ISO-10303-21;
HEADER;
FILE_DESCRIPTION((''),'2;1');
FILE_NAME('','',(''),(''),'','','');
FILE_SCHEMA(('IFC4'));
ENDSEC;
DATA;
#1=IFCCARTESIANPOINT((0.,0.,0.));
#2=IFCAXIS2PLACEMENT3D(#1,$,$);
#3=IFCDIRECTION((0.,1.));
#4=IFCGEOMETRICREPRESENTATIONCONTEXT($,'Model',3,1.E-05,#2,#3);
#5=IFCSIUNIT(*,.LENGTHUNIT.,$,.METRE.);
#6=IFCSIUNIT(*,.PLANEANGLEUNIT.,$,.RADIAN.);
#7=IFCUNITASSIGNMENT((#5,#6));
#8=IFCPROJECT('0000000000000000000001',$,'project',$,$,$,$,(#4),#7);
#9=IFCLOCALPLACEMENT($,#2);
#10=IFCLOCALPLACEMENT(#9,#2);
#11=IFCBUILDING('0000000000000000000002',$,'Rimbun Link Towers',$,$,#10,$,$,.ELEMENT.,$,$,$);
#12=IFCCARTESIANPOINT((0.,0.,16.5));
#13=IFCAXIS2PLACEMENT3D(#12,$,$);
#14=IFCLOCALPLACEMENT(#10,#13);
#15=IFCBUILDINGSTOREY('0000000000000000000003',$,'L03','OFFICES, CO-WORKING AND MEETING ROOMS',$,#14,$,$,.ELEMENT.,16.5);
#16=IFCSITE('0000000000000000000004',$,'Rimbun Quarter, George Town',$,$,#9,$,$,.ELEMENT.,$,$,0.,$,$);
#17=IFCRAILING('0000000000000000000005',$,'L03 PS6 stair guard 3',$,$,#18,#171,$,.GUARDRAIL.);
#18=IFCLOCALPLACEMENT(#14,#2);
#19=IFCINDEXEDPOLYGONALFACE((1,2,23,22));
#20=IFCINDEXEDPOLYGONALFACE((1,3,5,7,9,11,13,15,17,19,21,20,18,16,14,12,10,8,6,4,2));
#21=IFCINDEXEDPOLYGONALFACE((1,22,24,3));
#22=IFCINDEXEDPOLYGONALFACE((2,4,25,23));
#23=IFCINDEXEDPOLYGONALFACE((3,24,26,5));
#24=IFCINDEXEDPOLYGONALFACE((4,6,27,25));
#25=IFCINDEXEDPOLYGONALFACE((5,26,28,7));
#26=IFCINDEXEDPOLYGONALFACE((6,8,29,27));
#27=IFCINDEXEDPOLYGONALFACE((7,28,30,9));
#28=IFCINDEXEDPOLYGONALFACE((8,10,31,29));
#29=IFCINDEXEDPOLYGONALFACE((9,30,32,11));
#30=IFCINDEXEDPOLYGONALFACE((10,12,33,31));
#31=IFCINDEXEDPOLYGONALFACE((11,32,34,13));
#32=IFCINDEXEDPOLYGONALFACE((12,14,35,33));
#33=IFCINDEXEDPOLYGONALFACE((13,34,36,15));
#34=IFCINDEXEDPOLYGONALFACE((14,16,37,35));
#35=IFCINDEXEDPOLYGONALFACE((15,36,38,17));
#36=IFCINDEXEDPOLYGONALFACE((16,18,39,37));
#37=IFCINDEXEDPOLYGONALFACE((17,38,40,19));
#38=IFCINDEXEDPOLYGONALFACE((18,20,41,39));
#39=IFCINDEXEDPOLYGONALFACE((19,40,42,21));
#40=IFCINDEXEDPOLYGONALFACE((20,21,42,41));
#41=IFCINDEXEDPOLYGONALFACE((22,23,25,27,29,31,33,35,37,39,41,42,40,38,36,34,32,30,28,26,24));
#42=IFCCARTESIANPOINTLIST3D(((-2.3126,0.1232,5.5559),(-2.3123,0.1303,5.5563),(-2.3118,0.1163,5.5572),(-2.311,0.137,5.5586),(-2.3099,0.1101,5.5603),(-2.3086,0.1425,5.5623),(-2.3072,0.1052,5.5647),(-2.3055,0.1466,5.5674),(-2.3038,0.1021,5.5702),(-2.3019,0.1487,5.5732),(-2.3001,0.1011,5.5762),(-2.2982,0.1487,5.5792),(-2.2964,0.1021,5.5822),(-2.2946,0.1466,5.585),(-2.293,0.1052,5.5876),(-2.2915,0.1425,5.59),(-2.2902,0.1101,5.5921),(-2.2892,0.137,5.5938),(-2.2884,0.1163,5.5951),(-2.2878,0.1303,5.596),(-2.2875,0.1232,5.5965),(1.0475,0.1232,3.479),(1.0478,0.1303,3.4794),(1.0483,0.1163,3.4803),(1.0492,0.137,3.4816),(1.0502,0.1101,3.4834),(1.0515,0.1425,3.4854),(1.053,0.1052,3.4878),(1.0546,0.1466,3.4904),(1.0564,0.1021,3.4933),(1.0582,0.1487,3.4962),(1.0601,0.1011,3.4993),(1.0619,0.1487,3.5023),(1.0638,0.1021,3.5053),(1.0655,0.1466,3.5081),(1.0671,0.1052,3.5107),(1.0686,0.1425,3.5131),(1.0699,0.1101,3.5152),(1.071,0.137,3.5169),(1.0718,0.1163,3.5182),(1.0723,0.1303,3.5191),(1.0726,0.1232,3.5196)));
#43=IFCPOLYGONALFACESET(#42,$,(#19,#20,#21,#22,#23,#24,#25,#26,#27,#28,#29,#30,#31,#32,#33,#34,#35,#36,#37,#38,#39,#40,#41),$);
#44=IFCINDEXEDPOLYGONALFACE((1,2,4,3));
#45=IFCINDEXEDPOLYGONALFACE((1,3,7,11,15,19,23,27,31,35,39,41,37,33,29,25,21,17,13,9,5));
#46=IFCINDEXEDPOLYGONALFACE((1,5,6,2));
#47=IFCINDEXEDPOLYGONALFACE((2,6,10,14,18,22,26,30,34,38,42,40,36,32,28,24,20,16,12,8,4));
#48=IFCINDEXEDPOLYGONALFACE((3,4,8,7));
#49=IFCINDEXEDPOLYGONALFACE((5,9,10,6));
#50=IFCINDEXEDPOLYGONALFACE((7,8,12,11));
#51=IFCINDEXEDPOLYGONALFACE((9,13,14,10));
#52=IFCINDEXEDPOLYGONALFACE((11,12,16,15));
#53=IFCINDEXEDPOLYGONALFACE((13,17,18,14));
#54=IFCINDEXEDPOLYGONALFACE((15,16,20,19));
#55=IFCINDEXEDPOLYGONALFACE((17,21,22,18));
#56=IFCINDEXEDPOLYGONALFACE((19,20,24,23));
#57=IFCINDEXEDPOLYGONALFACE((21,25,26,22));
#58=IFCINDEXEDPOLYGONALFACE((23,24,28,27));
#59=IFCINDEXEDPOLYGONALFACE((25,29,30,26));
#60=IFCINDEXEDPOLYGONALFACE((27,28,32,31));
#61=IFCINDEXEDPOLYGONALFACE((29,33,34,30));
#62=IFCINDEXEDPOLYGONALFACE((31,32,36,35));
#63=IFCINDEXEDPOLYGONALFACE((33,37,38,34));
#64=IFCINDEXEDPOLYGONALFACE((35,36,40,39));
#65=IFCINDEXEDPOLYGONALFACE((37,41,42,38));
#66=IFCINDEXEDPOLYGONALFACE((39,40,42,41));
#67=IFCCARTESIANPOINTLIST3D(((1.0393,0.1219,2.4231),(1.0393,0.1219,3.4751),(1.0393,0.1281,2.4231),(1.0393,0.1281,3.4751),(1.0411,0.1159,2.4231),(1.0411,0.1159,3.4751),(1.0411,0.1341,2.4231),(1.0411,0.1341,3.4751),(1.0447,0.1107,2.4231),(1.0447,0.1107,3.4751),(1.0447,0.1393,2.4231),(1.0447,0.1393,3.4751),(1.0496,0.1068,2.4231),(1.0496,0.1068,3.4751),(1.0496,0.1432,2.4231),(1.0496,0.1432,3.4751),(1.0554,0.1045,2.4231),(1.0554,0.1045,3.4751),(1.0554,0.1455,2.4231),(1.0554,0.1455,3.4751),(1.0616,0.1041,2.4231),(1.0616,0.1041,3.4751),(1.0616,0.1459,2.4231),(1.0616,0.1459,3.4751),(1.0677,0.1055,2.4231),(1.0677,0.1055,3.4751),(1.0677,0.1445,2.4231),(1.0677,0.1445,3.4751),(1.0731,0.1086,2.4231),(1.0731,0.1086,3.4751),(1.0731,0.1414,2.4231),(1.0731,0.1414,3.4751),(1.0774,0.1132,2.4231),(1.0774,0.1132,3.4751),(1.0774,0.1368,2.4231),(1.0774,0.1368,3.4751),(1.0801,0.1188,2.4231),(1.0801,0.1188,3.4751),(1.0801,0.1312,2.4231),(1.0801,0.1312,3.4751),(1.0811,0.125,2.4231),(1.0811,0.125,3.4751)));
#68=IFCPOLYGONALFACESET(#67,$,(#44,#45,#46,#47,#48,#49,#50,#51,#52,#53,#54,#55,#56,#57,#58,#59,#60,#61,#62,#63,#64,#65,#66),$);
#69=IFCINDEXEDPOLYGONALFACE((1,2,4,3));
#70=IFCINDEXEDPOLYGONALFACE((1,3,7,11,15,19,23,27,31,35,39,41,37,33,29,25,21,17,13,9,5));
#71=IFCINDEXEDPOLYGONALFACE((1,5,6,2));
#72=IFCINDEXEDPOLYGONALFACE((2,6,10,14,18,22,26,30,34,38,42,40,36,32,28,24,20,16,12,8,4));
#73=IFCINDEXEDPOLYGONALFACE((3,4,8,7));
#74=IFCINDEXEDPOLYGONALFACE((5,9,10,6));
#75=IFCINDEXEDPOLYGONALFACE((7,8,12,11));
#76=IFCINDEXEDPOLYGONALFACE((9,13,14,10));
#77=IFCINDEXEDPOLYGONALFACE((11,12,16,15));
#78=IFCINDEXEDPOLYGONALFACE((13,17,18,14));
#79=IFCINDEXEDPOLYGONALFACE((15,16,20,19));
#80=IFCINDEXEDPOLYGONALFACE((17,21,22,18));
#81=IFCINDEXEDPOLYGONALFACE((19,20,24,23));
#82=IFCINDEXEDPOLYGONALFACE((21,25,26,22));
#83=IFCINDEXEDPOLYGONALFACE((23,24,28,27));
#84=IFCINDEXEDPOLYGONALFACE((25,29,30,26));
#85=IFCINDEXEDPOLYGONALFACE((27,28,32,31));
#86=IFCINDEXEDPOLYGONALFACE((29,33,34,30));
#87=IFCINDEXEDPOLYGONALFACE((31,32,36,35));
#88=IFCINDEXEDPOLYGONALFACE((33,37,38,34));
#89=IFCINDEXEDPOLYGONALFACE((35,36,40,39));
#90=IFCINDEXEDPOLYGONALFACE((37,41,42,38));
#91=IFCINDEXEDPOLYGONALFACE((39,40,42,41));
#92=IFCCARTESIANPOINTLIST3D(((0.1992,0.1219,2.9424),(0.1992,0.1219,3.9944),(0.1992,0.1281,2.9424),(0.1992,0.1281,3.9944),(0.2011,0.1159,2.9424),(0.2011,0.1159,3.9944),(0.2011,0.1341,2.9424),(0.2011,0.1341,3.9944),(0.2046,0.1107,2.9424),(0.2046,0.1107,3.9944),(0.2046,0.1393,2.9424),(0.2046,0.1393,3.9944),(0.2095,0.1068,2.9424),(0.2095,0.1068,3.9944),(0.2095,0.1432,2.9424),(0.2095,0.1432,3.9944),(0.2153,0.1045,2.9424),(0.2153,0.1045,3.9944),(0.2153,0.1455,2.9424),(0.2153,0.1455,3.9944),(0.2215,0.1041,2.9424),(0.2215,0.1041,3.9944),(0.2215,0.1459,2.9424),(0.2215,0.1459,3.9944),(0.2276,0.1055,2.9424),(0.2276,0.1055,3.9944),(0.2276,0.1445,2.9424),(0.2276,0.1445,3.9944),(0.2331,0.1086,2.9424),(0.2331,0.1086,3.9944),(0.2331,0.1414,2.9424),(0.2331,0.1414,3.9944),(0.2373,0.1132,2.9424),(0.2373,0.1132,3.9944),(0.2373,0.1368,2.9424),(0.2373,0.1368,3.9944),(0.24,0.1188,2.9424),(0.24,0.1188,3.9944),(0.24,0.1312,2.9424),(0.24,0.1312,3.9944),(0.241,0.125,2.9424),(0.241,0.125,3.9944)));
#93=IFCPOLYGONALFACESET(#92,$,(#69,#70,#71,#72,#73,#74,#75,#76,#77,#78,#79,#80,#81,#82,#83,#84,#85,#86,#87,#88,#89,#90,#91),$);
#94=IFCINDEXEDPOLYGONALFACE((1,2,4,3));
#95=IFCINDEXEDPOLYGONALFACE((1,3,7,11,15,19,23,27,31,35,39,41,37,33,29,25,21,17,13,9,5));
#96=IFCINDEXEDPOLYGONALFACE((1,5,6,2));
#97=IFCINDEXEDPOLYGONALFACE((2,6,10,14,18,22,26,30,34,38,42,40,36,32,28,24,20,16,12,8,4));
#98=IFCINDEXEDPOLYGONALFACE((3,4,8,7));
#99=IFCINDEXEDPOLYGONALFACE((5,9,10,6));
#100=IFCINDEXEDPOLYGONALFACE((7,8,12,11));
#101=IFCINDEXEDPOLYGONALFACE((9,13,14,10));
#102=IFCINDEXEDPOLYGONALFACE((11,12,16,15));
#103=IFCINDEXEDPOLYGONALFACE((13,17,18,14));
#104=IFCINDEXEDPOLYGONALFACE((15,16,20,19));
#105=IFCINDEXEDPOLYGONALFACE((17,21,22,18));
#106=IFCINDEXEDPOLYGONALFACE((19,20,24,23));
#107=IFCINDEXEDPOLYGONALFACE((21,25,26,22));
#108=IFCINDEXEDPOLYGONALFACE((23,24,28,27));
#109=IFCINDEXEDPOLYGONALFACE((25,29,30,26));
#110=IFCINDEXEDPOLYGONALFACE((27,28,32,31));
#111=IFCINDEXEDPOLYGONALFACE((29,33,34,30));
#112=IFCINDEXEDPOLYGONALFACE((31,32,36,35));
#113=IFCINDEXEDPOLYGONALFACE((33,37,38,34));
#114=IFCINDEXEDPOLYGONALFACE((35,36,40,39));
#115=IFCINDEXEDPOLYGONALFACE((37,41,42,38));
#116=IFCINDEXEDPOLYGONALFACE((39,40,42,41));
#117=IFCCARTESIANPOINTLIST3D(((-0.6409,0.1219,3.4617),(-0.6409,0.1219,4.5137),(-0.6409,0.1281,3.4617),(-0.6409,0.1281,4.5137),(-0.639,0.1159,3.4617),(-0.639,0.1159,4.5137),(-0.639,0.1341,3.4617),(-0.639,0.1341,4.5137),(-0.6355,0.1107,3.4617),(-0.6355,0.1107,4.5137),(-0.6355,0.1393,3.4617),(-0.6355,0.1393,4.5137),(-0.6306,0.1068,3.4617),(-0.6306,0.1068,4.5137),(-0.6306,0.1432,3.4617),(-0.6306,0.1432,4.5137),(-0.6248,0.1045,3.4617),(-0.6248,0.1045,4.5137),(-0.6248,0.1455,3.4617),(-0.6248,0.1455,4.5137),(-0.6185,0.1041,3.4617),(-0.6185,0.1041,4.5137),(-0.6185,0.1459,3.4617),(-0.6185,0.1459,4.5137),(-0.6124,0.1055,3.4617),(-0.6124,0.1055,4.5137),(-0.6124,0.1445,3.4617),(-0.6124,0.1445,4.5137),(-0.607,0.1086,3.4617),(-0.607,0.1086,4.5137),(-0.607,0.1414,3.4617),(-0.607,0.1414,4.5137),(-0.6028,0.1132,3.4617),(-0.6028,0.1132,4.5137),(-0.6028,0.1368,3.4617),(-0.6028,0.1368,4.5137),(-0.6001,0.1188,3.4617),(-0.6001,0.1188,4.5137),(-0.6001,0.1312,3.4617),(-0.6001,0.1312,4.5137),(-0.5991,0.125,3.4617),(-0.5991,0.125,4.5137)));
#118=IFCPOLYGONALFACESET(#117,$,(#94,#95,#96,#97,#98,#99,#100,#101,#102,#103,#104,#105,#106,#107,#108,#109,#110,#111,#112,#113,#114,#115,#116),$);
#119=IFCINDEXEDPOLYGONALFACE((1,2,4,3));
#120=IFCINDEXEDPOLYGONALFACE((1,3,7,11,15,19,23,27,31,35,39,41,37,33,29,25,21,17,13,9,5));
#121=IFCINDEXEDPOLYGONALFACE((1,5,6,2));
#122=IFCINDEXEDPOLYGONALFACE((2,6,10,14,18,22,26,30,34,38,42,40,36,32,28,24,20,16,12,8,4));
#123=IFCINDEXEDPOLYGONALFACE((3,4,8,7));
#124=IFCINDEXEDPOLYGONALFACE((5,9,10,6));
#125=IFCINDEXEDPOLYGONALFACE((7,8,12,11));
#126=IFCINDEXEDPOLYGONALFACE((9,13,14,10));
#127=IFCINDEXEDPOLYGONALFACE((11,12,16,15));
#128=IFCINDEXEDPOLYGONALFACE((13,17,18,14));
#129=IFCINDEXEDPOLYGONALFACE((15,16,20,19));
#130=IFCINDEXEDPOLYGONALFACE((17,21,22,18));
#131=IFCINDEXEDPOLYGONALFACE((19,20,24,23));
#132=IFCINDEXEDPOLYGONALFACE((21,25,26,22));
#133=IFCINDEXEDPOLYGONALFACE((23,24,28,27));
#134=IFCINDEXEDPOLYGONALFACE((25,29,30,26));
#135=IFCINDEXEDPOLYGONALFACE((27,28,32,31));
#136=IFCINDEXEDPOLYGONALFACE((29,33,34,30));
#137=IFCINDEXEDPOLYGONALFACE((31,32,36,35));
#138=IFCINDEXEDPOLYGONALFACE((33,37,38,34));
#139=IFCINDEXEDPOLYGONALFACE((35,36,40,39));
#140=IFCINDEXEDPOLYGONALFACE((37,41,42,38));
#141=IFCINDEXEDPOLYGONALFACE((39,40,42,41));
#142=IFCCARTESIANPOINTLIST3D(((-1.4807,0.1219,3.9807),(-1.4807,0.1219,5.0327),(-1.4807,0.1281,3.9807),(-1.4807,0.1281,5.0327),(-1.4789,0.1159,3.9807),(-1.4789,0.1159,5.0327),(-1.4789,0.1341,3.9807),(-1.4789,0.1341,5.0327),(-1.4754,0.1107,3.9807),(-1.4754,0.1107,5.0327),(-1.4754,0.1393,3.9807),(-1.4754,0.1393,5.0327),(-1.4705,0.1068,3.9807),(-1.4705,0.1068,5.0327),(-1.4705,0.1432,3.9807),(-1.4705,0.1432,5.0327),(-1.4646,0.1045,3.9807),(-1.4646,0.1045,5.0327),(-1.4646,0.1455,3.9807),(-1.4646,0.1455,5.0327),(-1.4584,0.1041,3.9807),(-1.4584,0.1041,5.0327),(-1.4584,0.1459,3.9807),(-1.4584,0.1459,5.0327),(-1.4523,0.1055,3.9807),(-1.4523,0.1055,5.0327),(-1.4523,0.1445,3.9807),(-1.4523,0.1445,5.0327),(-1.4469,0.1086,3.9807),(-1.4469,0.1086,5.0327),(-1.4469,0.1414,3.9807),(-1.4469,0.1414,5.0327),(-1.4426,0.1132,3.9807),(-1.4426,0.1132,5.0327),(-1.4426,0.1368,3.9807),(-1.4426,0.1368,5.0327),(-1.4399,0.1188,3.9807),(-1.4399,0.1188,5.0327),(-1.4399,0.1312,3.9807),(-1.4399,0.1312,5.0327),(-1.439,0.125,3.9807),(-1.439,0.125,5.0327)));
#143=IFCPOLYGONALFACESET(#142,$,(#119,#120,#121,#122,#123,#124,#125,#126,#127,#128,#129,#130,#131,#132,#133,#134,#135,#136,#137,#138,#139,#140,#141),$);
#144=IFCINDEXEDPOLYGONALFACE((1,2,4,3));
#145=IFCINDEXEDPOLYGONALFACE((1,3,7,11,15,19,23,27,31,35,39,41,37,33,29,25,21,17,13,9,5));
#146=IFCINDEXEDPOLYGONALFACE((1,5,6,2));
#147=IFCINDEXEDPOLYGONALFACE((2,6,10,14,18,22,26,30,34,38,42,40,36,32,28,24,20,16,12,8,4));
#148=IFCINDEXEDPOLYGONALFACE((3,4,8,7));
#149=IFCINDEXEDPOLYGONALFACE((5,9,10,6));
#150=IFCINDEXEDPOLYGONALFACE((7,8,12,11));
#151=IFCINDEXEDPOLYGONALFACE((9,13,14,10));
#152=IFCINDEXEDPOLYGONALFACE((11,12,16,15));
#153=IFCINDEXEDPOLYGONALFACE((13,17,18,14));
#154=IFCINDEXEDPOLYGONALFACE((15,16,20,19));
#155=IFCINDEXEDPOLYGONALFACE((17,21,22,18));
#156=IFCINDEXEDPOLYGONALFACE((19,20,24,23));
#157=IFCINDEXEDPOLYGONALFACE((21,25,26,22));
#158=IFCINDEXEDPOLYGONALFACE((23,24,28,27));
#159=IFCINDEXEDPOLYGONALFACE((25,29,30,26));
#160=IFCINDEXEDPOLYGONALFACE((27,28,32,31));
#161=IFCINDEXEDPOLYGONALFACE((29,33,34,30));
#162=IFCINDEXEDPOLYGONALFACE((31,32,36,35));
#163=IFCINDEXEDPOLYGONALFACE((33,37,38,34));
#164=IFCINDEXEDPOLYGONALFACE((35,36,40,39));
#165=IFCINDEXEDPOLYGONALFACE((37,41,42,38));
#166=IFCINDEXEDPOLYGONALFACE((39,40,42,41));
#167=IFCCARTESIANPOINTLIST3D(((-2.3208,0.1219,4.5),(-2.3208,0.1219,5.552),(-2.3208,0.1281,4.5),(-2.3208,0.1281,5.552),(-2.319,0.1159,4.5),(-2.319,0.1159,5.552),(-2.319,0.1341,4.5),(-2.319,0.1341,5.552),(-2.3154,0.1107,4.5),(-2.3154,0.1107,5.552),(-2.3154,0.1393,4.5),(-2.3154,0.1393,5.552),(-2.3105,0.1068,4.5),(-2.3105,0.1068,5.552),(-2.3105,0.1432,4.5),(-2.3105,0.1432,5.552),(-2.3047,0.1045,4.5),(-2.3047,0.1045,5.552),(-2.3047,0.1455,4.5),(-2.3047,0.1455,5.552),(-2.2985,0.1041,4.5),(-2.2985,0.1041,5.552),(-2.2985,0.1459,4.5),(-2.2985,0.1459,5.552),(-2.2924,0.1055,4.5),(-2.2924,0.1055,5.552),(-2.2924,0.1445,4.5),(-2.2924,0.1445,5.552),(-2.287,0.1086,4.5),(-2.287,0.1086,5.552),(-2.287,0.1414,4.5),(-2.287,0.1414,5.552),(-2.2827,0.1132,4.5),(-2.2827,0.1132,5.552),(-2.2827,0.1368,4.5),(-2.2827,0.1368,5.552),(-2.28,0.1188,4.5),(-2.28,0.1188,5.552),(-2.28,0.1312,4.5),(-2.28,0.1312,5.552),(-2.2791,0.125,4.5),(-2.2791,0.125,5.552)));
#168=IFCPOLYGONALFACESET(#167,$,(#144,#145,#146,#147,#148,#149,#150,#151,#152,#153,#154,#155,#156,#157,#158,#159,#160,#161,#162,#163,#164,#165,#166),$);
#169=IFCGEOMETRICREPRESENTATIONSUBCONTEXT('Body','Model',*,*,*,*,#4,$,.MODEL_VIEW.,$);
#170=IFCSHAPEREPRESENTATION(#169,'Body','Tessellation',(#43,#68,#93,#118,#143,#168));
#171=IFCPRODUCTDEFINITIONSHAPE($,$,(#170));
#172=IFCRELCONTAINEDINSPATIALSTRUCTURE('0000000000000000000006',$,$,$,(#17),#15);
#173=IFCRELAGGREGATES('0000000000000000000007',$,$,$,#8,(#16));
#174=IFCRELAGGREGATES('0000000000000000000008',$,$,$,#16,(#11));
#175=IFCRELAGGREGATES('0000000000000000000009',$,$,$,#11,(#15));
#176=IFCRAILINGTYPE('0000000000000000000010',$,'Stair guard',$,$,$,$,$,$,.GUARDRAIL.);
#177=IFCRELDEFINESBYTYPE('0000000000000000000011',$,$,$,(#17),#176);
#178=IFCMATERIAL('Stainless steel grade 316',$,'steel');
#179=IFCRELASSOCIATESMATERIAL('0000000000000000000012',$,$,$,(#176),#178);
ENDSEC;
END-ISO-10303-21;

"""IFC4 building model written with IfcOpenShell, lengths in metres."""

from ifc_helpers import new_model, si_unit, direction, frame, origin, origin_2d, place, context, subcontext, project, spatial, circle, extrude, material, type_object, element, save


model = new_model("IFC4")

# Units and contexts
model_context = context("Model", 3, precision=1e-05, world=origin(), true_north=direction((0.0, 1.0)))
body_context = subcontext(model_context, "Body", "Model", "MODEL_VIEW")
ifc_project = project(units=[si_unit("LENGTHUNIT", "METRE"), si_unit("PLANEANGLEUNIT", "RADIAN")], contexts=[model_context])

# Site, building, storey
site_placement = place(None, origin())
site = spatial("IfcSite", under=ifc_project, at=site_placement, Name="Rimbun Quarter, George Town", CompositionType="ELEMENT", RefElevation=0.0)
building_placement = place(site_placement, origin())
building = spatial("IfcBuilding", under=site, at=building_placement, Name="Rimbun Link Towers", CompositionType="ELEMENT")
storey_placement = place(building_placement, frame((0.0, 0.0, 16.5)))
storey = spatial("IfcBuildingStorey", under=building, at=storey_placement, Name="L03", Description="OFFICES, CO-WORKING AND MEETING ROOMS", CompositionType="ELEMENT", Elevation=16.5)

# Railing
ifc_material_1 = material(Name="Stainless steel grade 316", Category="steel")
railing_type_1 = type_object("IfcRailingType", Name="Stair guard", PredefinedType="GUARDRAIL", material=ifc_material_1)
railing_1_placement = place(storey_placement, frame((1.0601, 0.125, 2.4231)))
element("IfcRailing", 1, at=railing_1_placement, inside=storey, type_object=railing_type_1, Name="L03 PS6 stair guard 3", PredefinedType="GUARDRAIL", context=body_context, shape_type="SweptSolid", body=[
    extrude(circle(Radius=0.0239, at=origin_2d()), frame((0.0, 0.0, 1.0762), z_axis=(-0.850623, 0.0, 0.525776), x_axis=(0.0, -1.0, 0.0)), (0.0, 0.0, 1.0), 3.9502),
    extrude(circle(Radius=0.021, at=origin_2d()), origin(), (0.0, 0.0, 1.0), 1.052),
    extrude(circle(Radius=0.021, at=origin_2d()), frame((-0.8401, 0.0, 0.5193)), (0.0, 0.0, 1.0), 1.052),
    extrude(circle(Radius=0.021, at=origin_2d()), frame((-1.6802, 0.0, 1.0386)), (0.0, 0.0, 1.0), 1.052),
    extrude(circle(Radius=0.021, at=origin_2d()), frame((-2.52, 0.0, 1.5576)), (0.0, 0.0, 1.0), 1.052),
    extrude(circle(Radius=0.021, at=origin_2d()), frame((-3.3601, 0.0, 2.0769)), (0.0, 0.0, 1.0), 1.052),
])

save(model, "model.ifc")
